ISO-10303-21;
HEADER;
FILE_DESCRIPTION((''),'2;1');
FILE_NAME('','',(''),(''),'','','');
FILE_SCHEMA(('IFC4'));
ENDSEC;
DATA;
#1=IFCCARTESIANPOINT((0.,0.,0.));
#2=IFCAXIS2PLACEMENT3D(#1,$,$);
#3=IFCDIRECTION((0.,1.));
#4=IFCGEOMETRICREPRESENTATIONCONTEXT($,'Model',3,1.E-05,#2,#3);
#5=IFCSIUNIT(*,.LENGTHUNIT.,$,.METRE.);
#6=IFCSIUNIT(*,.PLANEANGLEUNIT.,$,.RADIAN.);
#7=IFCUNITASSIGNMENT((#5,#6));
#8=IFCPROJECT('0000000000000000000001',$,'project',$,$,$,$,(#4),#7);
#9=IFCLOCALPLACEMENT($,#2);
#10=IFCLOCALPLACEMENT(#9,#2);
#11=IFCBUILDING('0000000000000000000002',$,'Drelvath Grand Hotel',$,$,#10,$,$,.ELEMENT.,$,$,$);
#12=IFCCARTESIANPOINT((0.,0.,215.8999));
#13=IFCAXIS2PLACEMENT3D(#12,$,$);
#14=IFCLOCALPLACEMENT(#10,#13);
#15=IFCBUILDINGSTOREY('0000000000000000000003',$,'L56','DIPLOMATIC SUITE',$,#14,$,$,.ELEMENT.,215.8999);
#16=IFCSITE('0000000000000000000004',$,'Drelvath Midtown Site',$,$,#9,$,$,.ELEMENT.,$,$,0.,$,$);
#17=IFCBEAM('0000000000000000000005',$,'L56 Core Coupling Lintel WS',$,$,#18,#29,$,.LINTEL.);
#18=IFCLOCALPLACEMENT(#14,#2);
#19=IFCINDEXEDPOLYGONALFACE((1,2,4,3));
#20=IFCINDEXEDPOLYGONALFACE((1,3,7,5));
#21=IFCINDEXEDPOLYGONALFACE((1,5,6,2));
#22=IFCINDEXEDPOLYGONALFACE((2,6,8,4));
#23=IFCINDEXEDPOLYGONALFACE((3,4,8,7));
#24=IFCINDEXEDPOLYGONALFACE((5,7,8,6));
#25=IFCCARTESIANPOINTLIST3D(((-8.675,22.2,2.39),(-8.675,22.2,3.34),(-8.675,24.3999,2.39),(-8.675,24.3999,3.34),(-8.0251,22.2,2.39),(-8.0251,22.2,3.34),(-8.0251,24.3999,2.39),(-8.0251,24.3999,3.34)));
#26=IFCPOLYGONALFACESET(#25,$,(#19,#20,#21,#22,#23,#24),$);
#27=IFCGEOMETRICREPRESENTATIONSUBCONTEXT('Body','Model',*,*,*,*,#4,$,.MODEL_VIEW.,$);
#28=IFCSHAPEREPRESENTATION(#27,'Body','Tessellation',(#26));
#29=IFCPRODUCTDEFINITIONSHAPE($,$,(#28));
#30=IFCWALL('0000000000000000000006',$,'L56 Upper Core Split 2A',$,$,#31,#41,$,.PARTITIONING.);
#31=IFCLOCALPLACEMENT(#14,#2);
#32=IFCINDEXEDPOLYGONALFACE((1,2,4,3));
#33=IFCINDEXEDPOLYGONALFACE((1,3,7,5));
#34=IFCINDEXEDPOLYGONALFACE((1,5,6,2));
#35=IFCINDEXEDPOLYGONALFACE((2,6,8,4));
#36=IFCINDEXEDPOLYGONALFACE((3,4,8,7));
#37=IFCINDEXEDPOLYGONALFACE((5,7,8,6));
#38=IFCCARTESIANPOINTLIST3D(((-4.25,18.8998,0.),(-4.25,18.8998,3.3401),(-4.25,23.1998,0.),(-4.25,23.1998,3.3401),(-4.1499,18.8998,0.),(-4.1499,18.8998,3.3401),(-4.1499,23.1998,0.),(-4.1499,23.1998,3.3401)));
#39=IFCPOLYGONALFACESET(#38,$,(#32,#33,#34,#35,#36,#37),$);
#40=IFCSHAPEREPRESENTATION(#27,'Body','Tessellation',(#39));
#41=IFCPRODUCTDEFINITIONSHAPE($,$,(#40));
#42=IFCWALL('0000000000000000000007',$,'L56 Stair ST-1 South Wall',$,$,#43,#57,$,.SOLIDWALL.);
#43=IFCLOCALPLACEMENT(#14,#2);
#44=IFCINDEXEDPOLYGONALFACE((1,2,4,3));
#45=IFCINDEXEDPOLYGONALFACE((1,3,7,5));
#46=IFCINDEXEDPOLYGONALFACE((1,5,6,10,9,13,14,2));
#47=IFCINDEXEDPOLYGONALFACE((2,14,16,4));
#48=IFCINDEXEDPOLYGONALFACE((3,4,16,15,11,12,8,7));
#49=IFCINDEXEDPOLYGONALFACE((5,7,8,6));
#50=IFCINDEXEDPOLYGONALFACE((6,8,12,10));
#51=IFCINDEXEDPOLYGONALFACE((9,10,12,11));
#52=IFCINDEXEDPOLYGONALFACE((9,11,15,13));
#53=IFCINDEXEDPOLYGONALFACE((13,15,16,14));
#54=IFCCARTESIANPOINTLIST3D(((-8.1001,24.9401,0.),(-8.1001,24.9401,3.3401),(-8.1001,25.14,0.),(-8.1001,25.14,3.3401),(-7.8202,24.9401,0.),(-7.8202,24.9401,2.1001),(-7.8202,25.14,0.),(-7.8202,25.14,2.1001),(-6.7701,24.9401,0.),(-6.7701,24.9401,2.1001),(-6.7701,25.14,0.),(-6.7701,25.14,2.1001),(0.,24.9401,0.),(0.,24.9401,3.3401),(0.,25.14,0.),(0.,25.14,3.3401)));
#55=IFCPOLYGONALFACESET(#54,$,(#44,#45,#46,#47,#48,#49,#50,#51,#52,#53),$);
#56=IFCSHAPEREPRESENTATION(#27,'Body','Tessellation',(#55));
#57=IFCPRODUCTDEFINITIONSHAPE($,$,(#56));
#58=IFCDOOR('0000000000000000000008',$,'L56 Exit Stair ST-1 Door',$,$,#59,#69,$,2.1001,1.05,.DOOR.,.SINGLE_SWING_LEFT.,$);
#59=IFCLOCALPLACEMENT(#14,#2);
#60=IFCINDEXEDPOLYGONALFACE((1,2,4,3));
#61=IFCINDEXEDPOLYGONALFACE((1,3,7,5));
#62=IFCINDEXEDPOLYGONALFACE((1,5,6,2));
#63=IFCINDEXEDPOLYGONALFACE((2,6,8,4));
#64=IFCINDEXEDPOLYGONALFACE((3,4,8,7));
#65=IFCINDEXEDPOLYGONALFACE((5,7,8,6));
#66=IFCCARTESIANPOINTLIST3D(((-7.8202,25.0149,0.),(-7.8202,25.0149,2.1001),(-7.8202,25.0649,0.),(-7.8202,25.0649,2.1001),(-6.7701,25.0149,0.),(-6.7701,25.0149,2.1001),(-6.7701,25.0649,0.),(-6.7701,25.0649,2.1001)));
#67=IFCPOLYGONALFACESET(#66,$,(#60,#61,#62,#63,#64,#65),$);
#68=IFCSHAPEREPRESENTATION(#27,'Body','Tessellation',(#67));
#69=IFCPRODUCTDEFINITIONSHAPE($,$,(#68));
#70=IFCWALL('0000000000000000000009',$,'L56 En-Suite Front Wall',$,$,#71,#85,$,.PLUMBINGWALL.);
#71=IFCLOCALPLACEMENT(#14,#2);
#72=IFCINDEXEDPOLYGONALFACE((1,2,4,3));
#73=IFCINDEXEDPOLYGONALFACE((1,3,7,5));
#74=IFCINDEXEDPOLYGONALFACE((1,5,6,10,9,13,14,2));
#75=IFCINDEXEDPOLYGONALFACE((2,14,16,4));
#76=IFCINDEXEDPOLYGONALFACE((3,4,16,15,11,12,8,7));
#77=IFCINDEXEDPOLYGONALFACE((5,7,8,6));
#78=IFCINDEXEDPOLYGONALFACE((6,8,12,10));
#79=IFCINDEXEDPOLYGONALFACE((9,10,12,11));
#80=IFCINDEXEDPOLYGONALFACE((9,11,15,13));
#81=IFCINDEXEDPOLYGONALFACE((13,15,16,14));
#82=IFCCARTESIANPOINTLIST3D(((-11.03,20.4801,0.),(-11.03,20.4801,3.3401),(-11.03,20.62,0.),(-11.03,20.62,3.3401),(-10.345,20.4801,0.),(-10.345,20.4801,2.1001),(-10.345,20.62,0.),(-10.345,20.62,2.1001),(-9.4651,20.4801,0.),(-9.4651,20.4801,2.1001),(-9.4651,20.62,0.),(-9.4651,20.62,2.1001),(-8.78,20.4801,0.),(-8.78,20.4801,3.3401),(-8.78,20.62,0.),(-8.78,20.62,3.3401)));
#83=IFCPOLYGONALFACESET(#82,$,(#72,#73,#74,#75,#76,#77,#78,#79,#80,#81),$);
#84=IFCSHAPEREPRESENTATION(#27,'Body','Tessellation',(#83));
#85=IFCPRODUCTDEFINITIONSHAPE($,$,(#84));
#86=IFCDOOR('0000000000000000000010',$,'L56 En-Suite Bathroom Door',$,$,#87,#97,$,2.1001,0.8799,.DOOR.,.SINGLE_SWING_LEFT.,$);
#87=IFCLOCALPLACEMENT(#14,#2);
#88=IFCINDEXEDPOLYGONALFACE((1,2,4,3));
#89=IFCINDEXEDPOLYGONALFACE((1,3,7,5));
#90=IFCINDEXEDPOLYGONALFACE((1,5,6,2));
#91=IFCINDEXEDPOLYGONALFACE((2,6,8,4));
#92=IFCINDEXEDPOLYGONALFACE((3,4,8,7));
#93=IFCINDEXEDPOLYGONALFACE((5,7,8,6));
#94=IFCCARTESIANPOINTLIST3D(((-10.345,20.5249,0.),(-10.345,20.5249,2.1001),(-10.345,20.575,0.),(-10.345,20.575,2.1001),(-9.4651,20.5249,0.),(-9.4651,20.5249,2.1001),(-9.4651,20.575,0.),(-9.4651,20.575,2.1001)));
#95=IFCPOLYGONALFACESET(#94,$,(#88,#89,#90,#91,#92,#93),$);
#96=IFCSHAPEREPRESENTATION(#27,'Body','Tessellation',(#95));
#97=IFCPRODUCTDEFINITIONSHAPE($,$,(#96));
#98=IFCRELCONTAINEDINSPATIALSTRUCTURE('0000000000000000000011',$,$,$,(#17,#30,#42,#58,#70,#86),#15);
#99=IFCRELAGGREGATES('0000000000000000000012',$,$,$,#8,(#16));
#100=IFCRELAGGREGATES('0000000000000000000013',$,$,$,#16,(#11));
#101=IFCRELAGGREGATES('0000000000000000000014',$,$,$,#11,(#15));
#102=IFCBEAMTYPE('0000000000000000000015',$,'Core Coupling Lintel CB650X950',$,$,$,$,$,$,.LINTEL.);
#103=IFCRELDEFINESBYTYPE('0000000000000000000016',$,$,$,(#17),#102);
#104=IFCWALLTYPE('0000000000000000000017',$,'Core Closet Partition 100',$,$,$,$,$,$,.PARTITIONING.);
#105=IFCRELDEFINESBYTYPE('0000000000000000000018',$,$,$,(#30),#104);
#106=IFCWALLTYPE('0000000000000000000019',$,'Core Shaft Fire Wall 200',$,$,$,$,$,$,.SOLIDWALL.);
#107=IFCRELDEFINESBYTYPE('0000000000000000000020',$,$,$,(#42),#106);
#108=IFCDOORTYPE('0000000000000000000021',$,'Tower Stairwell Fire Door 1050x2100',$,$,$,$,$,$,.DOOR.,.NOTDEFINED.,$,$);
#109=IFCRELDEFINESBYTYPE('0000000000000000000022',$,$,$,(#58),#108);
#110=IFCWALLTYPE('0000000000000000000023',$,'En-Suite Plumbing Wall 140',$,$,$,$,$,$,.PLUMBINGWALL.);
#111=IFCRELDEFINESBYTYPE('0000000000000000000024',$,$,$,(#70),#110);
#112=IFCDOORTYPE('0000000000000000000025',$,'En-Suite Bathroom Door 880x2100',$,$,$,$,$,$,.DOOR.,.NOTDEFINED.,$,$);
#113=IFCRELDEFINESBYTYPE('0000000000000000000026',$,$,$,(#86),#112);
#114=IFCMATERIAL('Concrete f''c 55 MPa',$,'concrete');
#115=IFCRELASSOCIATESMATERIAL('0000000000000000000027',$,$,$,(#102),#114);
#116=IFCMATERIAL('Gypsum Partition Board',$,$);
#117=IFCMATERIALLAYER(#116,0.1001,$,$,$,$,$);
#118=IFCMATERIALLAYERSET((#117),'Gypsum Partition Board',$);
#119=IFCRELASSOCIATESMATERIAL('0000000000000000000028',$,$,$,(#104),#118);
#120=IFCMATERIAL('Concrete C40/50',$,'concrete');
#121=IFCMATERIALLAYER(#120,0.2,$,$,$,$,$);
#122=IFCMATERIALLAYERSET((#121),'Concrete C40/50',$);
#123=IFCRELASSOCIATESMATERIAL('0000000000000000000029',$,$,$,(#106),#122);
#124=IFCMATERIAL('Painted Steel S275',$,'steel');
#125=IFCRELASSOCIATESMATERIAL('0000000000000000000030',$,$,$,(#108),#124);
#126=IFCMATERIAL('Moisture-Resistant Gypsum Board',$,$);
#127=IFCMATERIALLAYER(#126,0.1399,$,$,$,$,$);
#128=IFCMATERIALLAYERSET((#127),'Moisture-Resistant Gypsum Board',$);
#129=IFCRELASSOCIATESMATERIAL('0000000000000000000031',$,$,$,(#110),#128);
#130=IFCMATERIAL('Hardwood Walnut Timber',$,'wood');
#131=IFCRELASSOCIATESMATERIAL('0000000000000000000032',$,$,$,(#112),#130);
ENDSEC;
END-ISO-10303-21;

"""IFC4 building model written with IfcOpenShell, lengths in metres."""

from ifc_helpers import new_model, si_unit, direction, frame, frame_2d, origin, origin_2d, place, context, subcontext, project, spatial, rectangle, extrude, material, layer, layer_set, material_profile, profile_set, type_object, element, fill, save


model = new_model("IFC4")

# Units and contexts
model_context = context("Model", 3, precision=1e-05, world=origin(), true_north=direction((0.0, 1.0)))
body_context = subcontext(model_context, "Body", "Model", "MODEL_VIEW")
ifc_project = project(units=[si_unit("LENGTHUNIT", "METRE"), si_unit("PLANEANGLEUNIT", "RADIAN")], contexts=[model_context])

# Site, building, storey
site_placement = place(None, origin())
site = spatial("IfcSite", under=ifc_project, at=site_placement, Name="Drelvath Midtown Site", CompositionType="ELEMENT", RefElevation=0.0)
building_placement = place(site_placement, origin())
building = spatial("IfcBuilding", under=site, at=building_placement, Name="Drelvath Grand Hotel", CompositionType="ELEMENT")
storey_placement = place(building_placement, frame((0.0, 0.0, 215.8999)))
storey = spatial("IfcBuildingStorey", under=building, at=storey_placement, Name="L56", Description="DIPLOMATIC SUITE", CompositionType="ELEMENT", Elevation=215.8999)

# Beam
ifc_material_1 = material(Name="Concrete f'c 55 MPa", Category="concrete")
ifc_material_profile = material_profile(ifc_material_1, rectangle(XDim=0.6499, YDim=0.95, at=origin_2d()), Name="CB650X950")
ifc_profile_set = profile_set([ifc_material_profile], Name="Concrete f'c 55 MPa")
beam_type = type_object("IfcBeamType", Name="Core Coupling Lintel CB650X950", PredefinedType="LINTEL", material=ifc_profile_set)
beam_placement = place(storey_placement, frame((-8.3501, 22.2, 2.865), z_axis=(0.0, 1.0, 0.0), x_axis=(-1.0, 0.0, 0.0)))
element("IfcBeam", 1, at=beam_placement, inside=storey, type_object=beam_type, Name="L56 Core Coupling Lintel WS", PredefinedType="LINTEL", context=body_context, shape_type="SweptSolid", body=[
    extrude(rectangle(XDim=0.6499, YDim=0.95, at=origin_2d()), origin(), (0.0, 0.0, 1.0), 2.2),
])

# Wall
ifc_material_2 = material(Name="Gypsum Partition Board")
ifc_layer_1 = layer(ifc_material_2, 0.1001)
ifc_layer_set_1 = layer_set([ifc_layer_1], Name="Gypsum Partition Board")
wall_type_1 = type_object("IfcWallType", Name="Core Closet Partition 100", PredefinedType="PARTITIONING", material=ifc_layer_set_1)
wall_1_placement = place(storey_placement, frame((-4.2, 18.8999, 0.0), z_axis=(0.0, 0.0, 1.0), x_axis=(0.0, 1.0, 0.0)))
element("IfcWall", 2, at=wall_1_placement, inside=storey, type_object=wall_type_1, Name="L56 Upper Core Split 2A", PredefinedType="PARTITIONING", context=body_context, shape_type="SweptSolid", body=[
    extrude(rectangle(XDim=4.3, YDim=0.1001, at=frame_2d((2.1499, 0.0))), origin(), (0.0, 0.0, 1.0), 3.3401),
])

# Walls, openings, doors
ifc_material_3 = material(Name="Concrete C40/50", Category="concrete")
ifc_layer_2 = layer(ifc_material_3, 0.2)
ifc_layer_set_2 = layer_set([ifc_layer_2], Name="Concrete C40/50")
wall_type_2 = type_object("IfcWallType", Name="Core Shaft Fire Wall 200", PredefinedType="SOLIDWALL", material=ifc_layer_set_2)
wall_2_placement = place(storey_placement, frame((-8.1001, 25.04, 0.0), z_axis=(0.0, 0.0, 1.0), x_axis=(1.0, 0.0, 0.0)))
wall_2 = element("IfcWall", 3, at=wall_2_placement, inside=storey, type_object=wall_type_2, Name="L56 Stair ST-1 South Wall", PredefinedType="SOLIDWALL", context=body_context, shape_type="SweptSolid", body=[
    extrude(rectangle(XDim=8.1001, YDim=0.2, at=frame_2d((4.05, 0.0))), origin(), (0.0, 0.0, 1.0), 3.3401),
])
opening_1_placement = place(wall_2_placement, frame((0.28, 0.0, 0.0)))
opening_1 = element("IfcOpeningElement", 4, at=opening_1_placement, cuts=wall_2, PredefinedType="OPENING", context=body_context, shape_type="SweptSolid", body=[
    extrude(rectangle(XDim=1.05, YDim=2.1001, at=frame_2d((0.5249, 1.05))), frame((0.0, 0.1099, 0.0), z_axis=(0.0, -1.0, 0.0), x_axis=(1.0, 0.0, 0.0)), (0.0, 0.0, 1.0), 0.22),
])
ifc_material_4 = material(Name="Painted Steel S275", Category="steel")
door_type_1 = type_object("IfcDoorType", Name="Tower Stairwell Fire Door 1050x2100", OperationType="NOTDEFINED", PredefinedType="DOOR", material=ifc_material_4)
door_1_placement = place(opening_1_placement, origin())
door_1 = element("IfcDoor", 5, at=door_1_placement, inside=storey, type_object=door_type_1, Name="L56 Exit Stair ST-1 Door", OperationType="SINGLE_SWING_LEFT", OverallHeight=2.1001, OverallWidth=1.05, PredefinedType="DOOR", context=body_context, shape_type="SweptSolid", body=[
    extrude(rectangle(XDim=1.05, YDim=2.1001, at=frame_2d((0.5249, 1.05))), frame((0.0, 0.0249, 0.0), z_axis=(0.0, -1.0, 0.0), x_axis=(1.0, 0.0, 0.0)), (0.0, 0.0, 1.0), 0.05),
])
fill(opening_1, door_1)
ifc_material_5 = material(Name="Moisture-Resistant Gypsum Board")
ifc_layer_3 = layer(ifc_material_5, 0.1399)
ifc_layer_set_3 = layer_set([ifc_layer_3], Name="Moisture-Resistant Gypsum Board")
wall_type_3 = type_object("IfcWallType", Name="En-Suite Plumbing Wall 140", PredefinedType="PLUMBINGWALL", material=ifc_layer_set_3)
wall_3_placement = place(storey_placement, frame((-11.03, 20.55, 0.0), z_axis=(0.0, 0.0, 1.0), x_axis=(1.0, 0.0, 0.0)))
wall_3 = element("IfcWall", 6, at=wall_3_placement, inside=storey, type_object=wall_type_3, Name="L56 En-Suite Front Wall", PredefinedType="PLUMBINGWALL", context=body_context, shape_type="SweptSolid", body=[
    extrude(rectangle(XDim=2.25, YDim=0.1399, at=frame_2d((1.125, 0.0))), origin(), (0.0, 0.0, 1.0), 3.3401),
])
opening_2_placement = place(wall_3_placement, frame((0.6851, 0.0, 0.0)))
opening_2 = element("IfcOpeningElement", 7, at=opening_2_placement, cuts=wall_3, PredefinedType="OPENING", context=body_context, shape_type="SweptSolid", body=[
    extrude(rectangle(XDim=0.8799, YDim=2.1001, at=frame_2d((0.4399, 1.05))), frame((0.0, 0.0798, 0.0), z_axis=(0.0, -1.0, 0.0), x_axis=(1.0, 0.0, 0.0)), (0.0, 0.0, 1.0), 0.1599),
])
ifc_material_6 = material(Name="Hardwood Walnut Timber", Category="wood")
door_type_2 = type_object("IfcDoorType", Name="En-Suite Bathroom Door 880x2100", OperationType="NOTDEFINED", PredefinedType="DOOR", material=ifc_material_6)
door_2_placement = place(opening_2_placement, origin())
door_2 = element("IfcDoor", 8, at=door_2_placement, inside=storey, type_object=door_type_2, Name="L56 En-Suite Bathroom Door", OperationType="SINGLE_SWING_LEFT", OverallHeight=2.1001, OverallWidth=0.8799, PredefinedType="DOOR", context=body_context, shape_type="SweptSolid", body=[
    extrude(rectangle(XDim=0.8799, YDim=2.1001, at=frame_2d((0.4399, 1.05))), frame((0.0, 0.0249, 0.0), z_axis=(0.0, -1.0, 0.0), x_axis=(1.0, 0.0, 0.0)), (0.0, 0.0, 1.0), 0.05),
])
fill(opening_2, door_2)

save(model, "model.ifc")
